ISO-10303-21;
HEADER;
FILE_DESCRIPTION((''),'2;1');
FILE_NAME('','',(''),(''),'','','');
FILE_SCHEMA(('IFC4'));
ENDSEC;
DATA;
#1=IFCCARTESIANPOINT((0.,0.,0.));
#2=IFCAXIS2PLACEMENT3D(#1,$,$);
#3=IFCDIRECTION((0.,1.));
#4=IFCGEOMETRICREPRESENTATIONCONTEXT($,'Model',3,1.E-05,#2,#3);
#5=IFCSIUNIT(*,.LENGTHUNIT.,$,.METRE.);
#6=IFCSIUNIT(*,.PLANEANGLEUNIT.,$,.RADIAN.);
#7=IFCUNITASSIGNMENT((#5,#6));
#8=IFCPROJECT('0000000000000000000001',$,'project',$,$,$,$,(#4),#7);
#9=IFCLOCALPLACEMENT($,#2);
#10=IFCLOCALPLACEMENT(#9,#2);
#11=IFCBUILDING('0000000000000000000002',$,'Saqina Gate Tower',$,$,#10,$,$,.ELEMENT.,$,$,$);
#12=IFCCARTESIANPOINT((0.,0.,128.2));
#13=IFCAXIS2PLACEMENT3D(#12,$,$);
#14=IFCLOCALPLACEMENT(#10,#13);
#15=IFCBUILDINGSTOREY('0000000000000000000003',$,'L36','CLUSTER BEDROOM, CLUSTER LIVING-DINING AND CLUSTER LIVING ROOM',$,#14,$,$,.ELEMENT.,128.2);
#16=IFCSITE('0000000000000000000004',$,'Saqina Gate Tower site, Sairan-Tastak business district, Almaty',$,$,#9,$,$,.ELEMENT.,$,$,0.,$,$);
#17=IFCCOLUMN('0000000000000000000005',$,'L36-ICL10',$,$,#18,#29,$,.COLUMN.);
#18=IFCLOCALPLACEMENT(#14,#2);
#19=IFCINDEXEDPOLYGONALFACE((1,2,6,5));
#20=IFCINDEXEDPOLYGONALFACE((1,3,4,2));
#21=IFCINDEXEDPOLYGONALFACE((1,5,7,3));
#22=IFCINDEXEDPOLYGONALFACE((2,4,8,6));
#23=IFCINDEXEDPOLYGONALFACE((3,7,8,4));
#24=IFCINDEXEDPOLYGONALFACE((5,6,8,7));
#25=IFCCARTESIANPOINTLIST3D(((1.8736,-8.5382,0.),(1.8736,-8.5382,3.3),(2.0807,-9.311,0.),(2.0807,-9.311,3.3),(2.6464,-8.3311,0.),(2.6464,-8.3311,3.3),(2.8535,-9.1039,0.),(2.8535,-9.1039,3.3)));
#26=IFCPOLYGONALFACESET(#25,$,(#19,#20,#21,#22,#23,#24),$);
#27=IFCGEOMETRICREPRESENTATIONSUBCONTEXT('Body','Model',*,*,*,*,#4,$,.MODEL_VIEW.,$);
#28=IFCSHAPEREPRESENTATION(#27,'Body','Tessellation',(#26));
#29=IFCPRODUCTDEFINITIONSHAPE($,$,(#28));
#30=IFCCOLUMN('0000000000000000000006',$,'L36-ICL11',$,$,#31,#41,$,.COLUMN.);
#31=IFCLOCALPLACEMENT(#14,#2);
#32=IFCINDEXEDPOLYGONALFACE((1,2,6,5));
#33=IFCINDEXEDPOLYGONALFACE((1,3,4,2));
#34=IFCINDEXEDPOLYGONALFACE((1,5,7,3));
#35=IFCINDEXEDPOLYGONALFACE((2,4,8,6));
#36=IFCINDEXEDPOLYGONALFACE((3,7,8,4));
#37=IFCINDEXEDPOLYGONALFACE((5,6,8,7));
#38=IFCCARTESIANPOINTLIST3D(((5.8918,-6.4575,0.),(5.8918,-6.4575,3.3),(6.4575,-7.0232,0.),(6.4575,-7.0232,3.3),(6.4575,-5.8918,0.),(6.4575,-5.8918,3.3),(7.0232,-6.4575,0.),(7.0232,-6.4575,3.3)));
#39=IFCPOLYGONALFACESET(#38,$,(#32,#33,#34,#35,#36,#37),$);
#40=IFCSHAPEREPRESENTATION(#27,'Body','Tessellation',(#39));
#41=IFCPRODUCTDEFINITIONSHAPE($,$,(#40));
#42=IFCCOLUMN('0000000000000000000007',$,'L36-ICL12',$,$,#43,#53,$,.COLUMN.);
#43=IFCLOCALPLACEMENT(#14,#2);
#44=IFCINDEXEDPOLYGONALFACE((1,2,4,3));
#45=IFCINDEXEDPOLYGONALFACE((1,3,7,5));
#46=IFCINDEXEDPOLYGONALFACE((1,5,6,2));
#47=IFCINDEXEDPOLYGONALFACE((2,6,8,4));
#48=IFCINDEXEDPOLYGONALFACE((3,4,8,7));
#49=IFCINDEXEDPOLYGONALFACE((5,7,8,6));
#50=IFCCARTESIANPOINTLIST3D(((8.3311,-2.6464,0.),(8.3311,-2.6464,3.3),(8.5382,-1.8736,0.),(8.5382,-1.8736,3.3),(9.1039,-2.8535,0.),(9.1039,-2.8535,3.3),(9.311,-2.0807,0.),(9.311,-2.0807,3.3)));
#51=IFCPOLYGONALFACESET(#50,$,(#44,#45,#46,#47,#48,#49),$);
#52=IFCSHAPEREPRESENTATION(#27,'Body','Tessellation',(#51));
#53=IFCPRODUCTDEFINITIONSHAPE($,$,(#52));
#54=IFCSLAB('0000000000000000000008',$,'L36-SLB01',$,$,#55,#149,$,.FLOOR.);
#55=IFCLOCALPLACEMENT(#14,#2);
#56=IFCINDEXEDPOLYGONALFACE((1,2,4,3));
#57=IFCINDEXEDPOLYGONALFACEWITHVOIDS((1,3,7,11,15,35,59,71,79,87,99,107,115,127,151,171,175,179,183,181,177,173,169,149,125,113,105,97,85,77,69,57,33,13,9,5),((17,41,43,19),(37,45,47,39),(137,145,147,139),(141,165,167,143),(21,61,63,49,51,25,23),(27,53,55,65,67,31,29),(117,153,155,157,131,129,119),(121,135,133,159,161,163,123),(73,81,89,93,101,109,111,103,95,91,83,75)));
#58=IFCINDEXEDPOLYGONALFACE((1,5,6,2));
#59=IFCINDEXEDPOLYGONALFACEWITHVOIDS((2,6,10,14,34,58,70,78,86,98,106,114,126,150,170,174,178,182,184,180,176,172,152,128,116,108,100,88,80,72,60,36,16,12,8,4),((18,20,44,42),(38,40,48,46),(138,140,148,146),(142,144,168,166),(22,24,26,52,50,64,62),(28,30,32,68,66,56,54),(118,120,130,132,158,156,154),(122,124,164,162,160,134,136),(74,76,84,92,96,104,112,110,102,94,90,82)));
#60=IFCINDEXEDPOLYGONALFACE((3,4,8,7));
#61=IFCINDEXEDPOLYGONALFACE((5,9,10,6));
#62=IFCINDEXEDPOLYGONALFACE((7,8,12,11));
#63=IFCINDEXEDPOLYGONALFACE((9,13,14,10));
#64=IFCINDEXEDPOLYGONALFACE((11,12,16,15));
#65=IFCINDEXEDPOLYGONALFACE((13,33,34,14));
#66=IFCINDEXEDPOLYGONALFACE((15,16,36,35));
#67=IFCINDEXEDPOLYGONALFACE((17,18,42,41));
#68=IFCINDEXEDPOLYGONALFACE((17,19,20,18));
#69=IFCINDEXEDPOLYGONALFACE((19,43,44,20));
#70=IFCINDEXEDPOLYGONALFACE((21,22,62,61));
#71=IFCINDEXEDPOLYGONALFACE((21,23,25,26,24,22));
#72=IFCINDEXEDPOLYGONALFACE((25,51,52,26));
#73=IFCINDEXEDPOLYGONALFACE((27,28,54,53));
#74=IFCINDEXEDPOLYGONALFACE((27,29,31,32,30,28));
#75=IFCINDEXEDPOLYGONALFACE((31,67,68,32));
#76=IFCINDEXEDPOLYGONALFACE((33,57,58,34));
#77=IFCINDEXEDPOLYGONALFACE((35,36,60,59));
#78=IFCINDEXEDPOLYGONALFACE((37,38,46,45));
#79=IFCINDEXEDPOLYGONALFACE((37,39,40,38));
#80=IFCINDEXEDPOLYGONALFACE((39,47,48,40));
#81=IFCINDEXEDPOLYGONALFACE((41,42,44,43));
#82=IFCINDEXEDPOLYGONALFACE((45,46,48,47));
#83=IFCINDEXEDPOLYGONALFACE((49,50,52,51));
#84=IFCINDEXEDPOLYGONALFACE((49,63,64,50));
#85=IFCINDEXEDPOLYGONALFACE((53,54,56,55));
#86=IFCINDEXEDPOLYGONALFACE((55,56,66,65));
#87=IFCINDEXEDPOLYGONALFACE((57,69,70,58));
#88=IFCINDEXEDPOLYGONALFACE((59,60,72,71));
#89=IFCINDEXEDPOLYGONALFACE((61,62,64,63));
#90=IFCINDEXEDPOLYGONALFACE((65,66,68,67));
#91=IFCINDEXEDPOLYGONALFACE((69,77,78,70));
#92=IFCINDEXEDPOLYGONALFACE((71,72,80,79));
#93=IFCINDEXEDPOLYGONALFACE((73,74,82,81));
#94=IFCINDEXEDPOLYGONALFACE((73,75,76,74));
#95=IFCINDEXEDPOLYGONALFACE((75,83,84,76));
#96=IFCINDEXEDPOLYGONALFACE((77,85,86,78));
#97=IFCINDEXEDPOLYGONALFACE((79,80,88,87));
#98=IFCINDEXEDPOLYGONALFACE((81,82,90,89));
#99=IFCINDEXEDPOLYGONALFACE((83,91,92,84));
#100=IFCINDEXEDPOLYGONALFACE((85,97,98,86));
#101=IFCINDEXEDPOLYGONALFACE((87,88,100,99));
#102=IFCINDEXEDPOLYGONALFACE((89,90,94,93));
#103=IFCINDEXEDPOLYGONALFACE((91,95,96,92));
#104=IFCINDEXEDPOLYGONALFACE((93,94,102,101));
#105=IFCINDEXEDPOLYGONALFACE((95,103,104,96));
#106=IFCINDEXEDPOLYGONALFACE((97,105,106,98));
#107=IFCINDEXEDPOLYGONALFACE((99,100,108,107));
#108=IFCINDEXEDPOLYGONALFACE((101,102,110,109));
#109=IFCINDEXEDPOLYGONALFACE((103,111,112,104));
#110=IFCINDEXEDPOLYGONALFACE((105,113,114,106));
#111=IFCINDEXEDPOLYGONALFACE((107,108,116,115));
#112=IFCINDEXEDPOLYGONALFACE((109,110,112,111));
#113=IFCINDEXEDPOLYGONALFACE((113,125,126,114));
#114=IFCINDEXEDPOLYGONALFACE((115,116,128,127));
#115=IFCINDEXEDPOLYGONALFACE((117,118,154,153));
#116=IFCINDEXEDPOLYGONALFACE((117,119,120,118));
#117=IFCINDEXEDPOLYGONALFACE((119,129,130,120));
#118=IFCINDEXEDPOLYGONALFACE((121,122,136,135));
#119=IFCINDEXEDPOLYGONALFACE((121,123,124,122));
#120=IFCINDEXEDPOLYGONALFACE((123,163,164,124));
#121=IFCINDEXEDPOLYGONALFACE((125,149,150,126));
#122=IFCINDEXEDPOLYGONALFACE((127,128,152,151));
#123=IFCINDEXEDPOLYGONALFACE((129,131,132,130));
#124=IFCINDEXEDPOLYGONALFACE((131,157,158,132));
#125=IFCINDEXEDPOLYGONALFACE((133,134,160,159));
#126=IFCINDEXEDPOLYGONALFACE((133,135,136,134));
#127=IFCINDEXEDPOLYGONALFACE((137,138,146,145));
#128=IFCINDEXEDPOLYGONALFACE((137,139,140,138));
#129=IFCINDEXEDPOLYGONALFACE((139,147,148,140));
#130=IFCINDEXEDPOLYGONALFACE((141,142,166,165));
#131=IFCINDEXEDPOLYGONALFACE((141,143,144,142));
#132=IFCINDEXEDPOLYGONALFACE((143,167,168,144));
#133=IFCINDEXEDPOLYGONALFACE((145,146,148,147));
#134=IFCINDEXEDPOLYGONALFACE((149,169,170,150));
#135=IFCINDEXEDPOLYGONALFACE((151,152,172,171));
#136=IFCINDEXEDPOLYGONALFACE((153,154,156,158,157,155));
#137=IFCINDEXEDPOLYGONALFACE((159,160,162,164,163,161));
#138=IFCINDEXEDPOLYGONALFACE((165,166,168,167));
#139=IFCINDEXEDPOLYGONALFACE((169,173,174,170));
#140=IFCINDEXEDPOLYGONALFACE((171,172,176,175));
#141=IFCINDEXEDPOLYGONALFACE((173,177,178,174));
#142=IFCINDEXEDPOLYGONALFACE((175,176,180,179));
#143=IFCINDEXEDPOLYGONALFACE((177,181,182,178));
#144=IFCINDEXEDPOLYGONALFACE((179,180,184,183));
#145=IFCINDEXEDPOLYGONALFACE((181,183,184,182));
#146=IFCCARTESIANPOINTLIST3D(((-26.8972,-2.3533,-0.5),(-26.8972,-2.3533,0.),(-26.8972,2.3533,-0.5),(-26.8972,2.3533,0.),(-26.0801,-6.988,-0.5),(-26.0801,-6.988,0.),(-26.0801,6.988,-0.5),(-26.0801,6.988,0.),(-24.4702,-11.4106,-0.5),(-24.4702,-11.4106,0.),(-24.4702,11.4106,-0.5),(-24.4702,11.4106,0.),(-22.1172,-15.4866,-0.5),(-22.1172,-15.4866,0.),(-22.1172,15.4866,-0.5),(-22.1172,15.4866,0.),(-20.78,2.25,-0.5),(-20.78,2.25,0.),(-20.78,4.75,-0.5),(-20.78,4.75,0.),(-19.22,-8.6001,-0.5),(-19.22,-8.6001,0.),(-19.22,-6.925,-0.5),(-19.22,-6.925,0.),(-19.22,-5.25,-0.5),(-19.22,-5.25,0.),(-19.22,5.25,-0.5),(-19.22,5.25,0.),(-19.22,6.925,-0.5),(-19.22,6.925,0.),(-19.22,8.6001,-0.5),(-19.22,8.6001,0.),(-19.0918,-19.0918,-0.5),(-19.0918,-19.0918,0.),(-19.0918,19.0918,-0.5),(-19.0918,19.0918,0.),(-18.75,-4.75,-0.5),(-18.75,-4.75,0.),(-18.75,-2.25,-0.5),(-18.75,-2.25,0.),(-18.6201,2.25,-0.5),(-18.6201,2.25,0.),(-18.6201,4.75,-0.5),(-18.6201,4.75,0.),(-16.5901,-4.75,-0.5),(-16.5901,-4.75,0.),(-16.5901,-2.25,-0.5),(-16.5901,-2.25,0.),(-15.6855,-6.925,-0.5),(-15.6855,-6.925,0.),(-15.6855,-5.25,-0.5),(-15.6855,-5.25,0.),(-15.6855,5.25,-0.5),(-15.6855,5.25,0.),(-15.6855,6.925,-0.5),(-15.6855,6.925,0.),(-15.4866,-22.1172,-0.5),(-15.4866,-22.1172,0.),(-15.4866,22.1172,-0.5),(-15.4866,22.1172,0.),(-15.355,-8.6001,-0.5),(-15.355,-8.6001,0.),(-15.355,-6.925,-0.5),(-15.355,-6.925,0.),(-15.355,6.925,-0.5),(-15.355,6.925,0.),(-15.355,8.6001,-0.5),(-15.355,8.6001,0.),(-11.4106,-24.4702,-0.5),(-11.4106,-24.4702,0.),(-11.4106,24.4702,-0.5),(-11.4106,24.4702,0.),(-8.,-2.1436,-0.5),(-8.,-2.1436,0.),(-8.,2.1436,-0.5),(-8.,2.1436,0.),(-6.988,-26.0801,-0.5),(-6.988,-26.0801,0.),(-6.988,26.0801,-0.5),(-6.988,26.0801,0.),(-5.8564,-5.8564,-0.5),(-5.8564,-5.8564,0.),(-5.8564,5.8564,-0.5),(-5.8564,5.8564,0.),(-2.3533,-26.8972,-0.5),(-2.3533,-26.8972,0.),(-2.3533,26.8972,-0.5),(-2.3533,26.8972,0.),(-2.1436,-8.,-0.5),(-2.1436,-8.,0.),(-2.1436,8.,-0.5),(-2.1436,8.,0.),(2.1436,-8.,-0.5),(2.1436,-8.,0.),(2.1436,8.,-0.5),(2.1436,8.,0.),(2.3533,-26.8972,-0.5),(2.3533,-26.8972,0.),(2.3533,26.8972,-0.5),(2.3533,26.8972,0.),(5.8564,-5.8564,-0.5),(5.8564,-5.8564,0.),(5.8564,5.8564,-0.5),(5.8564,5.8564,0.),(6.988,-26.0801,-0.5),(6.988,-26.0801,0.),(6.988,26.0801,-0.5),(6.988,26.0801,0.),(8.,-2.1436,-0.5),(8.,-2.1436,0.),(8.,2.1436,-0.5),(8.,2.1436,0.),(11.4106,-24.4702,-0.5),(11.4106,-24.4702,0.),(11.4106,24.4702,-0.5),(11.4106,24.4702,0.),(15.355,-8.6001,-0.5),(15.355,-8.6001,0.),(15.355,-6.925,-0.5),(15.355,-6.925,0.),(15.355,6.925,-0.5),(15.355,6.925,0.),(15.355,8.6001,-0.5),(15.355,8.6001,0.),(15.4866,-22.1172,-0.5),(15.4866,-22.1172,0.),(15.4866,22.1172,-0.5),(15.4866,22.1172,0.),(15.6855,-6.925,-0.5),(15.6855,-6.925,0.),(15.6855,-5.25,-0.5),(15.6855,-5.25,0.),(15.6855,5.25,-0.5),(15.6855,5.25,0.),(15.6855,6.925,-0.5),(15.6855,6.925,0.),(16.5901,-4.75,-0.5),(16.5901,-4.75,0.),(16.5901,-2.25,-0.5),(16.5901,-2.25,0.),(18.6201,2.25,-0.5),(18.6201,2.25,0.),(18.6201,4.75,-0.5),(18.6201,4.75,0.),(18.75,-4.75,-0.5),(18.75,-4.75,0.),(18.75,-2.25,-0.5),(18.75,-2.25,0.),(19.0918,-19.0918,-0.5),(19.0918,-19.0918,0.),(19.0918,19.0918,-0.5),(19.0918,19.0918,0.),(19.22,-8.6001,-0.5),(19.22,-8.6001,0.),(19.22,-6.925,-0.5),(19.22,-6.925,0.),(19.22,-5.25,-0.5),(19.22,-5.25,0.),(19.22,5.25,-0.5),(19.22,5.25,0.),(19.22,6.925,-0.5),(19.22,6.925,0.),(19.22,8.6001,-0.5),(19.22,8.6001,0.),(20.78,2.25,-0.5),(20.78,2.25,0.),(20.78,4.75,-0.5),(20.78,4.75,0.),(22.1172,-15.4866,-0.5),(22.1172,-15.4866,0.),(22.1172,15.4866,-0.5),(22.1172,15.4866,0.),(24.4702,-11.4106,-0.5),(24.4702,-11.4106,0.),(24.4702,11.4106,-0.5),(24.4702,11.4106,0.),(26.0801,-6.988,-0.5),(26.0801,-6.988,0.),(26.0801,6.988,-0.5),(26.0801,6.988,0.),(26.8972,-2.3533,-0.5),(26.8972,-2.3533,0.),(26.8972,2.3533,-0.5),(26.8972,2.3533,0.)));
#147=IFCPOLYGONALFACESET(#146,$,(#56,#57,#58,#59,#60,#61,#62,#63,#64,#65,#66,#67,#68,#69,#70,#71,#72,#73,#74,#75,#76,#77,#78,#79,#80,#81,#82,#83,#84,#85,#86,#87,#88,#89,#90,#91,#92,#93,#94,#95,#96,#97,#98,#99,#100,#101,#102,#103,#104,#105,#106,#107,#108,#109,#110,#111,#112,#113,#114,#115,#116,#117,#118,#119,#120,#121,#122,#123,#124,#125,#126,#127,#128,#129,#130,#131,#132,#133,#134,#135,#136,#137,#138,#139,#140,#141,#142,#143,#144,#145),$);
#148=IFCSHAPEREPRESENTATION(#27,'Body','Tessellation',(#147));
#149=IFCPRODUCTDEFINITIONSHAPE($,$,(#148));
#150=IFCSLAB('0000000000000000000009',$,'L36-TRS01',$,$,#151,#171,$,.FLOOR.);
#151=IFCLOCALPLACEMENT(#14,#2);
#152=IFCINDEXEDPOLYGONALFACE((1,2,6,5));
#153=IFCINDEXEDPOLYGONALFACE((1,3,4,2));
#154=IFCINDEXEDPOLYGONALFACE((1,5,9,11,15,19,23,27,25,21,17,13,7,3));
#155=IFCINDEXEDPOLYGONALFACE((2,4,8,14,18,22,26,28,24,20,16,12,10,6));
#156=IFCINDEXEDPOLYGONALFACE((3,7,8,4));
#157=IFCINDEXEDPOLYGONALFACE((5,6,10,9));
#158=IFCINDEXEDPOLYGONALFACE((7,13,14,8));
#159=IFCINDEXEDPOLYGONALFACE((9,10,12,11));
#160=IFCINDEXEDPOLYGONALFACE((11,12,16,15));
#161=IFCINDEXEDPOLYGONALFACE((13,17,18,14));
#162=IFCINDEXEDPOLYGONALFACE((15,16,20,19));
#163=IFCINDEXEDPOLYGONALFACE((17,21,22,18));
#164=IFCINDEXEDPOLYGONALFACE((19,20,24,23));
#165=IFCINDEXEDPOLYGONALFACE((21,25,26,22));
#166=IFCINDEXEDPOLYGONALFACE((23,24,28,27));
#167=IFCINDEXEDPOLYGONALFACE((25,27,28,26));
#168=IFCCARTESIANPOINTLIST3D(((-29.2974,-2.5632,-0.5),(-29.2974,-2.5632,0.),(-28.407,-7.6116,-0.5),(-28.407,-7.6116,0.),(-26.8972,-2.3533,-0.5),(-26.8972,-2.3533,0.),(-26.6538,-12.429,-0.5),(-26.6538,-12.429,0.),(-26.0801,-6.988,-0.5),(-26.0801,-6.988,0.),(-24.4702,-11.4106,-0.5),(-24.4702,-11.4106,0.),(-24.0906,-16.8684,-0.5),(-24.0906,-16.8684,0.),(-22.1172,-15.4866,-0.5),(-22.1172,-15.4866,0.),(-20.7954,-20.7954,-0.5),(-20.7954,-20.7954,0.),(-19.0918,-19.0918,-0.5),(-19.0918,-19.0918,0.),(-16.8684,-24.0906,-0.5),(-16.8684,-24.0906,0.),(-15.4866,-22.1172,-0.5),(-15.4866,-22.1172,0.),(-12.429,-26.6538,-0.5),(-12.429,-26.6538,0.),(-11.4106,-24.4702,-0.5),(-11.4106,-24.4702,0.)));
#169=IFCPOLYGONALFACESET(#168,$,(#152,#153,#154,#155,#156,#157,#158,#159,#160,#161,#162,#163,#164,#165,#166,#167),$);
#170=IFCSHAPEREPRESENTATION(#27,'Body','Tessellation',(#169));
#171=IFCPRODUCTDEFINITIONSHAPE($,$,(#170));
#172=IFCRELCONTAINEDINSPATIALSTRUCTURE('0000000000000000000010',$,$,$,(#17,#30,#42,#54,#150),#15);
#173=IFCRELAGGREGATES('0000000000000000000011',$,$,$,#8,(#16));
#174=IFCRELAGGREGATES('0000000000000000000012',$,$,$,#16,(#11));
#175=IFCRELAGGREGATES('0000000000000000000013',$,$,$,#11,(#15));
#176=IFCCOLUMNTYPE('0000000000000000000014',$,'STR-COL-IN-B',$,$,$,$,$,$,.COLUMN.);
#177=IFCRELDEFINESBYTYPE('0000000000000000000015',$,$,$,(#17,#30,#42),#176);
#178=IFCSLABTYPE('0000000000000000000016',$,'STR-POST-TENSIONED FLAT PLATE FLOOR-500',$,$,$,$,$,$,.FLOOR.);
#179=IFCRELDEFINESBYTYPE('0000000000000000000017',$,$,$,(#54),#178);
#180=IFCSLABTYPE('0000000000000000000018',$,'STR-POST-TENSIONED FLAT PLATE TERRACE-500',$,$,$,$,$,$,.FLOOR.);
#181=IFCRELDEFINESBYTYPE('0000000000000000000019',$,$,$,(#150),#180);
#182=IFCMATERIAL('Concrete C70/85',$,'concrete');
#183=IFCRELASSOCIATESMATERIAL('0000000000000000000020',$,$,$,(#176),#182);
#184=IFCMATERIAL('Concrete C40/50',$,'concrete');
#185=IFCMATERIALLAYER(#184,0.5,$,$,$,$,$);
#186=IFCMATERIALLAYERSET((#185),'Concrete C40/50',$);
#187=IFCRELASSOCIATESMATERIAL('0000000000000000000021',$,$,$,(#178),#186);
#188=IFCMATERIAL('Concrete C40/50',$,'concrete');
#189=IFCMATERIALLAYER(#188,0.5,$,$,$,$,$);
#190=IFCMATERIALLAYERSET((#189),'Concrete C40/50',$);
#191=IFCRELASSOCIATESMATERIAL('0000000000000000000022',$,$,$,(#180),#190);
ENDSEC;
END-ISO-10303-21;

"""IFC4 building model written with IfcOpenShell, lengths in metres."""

from ifc_helpers import new_model, si_unit, direction, frame, origin, origin_2d, place, context, subcontext, project, spatial, polyline, rectangle, outline, extrude, material, layer, layer_set, material_profile, profile_set, type_object, element, save


model = new_model("IFC4")

# Units and contexts
model_context = context("Model", 3, precision=1e-05, world=origin(), true_north=direction((0.0, 1.0)))
body_context = subcontext(model_context, "Body", "Model", "MODEL_VIEW")
ifc_project = project(units=[si_unit("LENGTHUNIT", "METRE"), si_unit("PLANEANGLEUNIT", "RADIAN")], contexts=[model_context])

# Site, building, storey
site_placement = place(None, origin())
site = spatial("IfcSite", under=ifc_project, at=site_placement, Name="Saqina Gate Tower site, Sairan-Tastak business district, Almaty", CompositionType="ELEMENT", RefElevation=0.0)
building_placement = place(site_placement, origin())
building = spatial("IfcBuilding", under=site, at=building_placement, Name="Saqina Gate Tower", CompositionType="ELEMENT")
storey_placement = place(building_placement, frame((0.0, 0.0, 128.2)))
storey = spatial("IfcBuildingStorey", under=building, at=storey_placement, Name="L36", Description="CLUSTER BEDROOM, CLUSTER LIVING-DINING AND CLUSTER LIVING ROOM", CompositionType="ELEMENT", Elevation=128.2)

# Columns
ifc_material_1 = material(Name="Concrete C70/85", Category="concrete")
ifc_material_profile = material_profile(ifc_material_1, rectangle(XDim=0.8, YDim=0.8, at=origin_2d()), Name="RC 800x800")
ifc_profile_set = profile_set([ifc_material_profile], Name="Concrete C70/85")
column_type = type_object("IfcColumnType", Name="STR-COL-IN-B", PredefinedType="COLUMN", material=ifc_profile_set)
for number, where, z_axis, x_axis, name in (
    (1, (2.3635, -8.821, 0.0), (0.0, 0.0, 1.0), (0.258819, -0.965926, 0.0), "L36-ICL10"),
    (2, (6.4575, -6.4575, 0.0), (0.0, 0.0, 1.0), (0.707107, -0.707107, 0.0), "L36-ICL11"),
    (3, (8.821, -2.3635, 0.0), (0.0, 0.0, 1.0), (0.965926, -0.258819, 0.0), "L36-ICL12"),
):
    element("IfcColumn", number, at=place(storey_placement, frame(where, z_axis=z_axis, x_axis=x_axis)), inside=storey, type_object=column_type, Name=name, PredefinedType="COLUMN", context=body_context, shape_type="SweptSolid", body=[
        extrude(rectangle(XDim=0.8, YDim=0.8, at=origin_2d()), origin(), (0.0, 0.0, 1.0), 3.3),
    ])

# Slabs
ifc_material_2 = material(Name="Concrete C40/50", Category="concrete")
ifc_layer_1 = layer(ifc_material_2, 0.5)
ifc_layer_set_1 = layer_set([ifc_layer_1], Name="Concrete C40/50")
slab_type_1 = type_object("IfcSlabType", Name="STR-POST-TENSIONED FLAT PLATE FLOOR-500", PredefinedType="FLOOR", material=ifc_layer_set_1)
slab_1_placement = place(storey_placement, frame((0.0, 0.0, -0.5)))
element("IfcSlab", 4, at=slab_1_placement, inside=storey, type_object=slab_type_1, Name="L36-SLB01", PredefinedType="FLOOR", context=body_context, shape_type="SweptSolid", body=[
    extrude(outline(polyline([(26.0801, -6.988), (26.8972, -2.3533), (26.8972, 2.3533), (26.0801, 6.988), (24.4702, 11.4106), (22.1172, 15.4866), (19.0918, 19.0918), (15.4866, 22.1172), (11.4106, 24.4702), (6.988, 26.0801), (2.3533, 26.8972), (-2.3533, 26.8972), (-6.988, 26.0801), (-11.4106, 24.4702), (-15.4866, 22.1172), (-19.0918, 19.0918), (-22.1172, 15.4866), (-24.4702, 11.4106), (-26.0801, 6.988), (-26.8972, 2.3533), (-26.8972, -2.3533), (-26.0801, -6.988), (-24.4702, -11.4106), (-22.1172, -15.4866), (-19.0918, -19.0918), (-15.4866, -22.1172), (-11.4106, -24.4702), (-6.988, -26.0801), (-2.3533, -26.8972), (2.3533, -26.8972), (6.988, -26.0801), (11.4106, -24.4702), (15.4866, -22.1172), (19.0918, -19.0918), (22.1172, -15.4866), (24.4702, -11.4106), (26.0801, -6.988)]), holes=[polyline([(2.1436, 8.0), (5.8564, 5.8564), (8.0, 2.1436), (8.0, -2.1436), (5.8564, -5.8564), (2.1436, -8.0), (-2.1436, -8.0), (-5.8564, -5.8564), (-8.0, -2.1436), (-8.0, 2.1436), (-5.8564, 5.8564), (-2.1436, 8.0), (2.1436, 8.0)]), polyline([(-15.355, -8.6001), (-19.22, -8.6001), (-19.22, -6.925), (-19.22, -5.25), (-15.6855, -5.25), (-15.6855, -6.925), (-15.355, -6.925), (-15.355, -8.6001)]), polyline([(-16.5901, -2.25), (-16.5901, -4.75), (-18.75, -4.75), (-18.75, -2.25), (-16.5901, -2.25)]), polyline([(-20.78, 4.75), (-18.6201, 4.75), (-18.6201, 2.25), (-20.78, 2.25), (-20.78, 4.75)]), polyline([(-19.22, 6.925), (-19.22, 8.6001), (-15.355, 8.6001), (-15.355, 6.925), (-15.6855, 6.925), (-15.6855, 5.25), (-19.22, 5.25), (-19.22, 6.925)]), polyline([(15.355, -8.6001), (15.355, -6.925), (15.6855, -6.925), (15.6855, -5.25), (19.22, -5.25), (19.22, -6.925), (19.22, -8.6001), (15.355, -8.6001)]), polyline([(18.75, -2.25), (18.75, -4.75), (16.5901, -4.75), (16.5901, -2.25), (18.75, -2.25)]), polyline([(18.6201, 4.75), (20.78, 4.75), (20.78, 2.25), (18.6201, 2.25), (18.6201, 4.75)]), polyline([(15.6855, 6.925), (15.355, 6.925), (15.355, 8.6001), (19.22, 8.6001), (19.22, 6.925), (19.22, 5.25), (15.6855, 5.25), (15.6855, 6.925)])]), origin(), (0.0, 0.0, 1.0), 0.5),
])
ifc_material_3 = material(Name="Concrete C40/50", Category="concrete")
ifc_layer_2 = layer(ifc_material_3, 0.5)
ifc_layer_set_2 = layer_set([ifc_layer_2], Name="Concrete C40/50")
slab_type_2 = type_object("IfcSlabType", Name="STR-POST-TENSIONED FLAT PLATE TERRACE-500", PredefinedType="FLOOR", material=ifc_layer_set_2)
slab_2_placement = place(storey_placement, frame((0.0, 0.0, -0.5)))
element("IfcSlab", 5, at=slab_2_placement, inside=storey, type_object=slab_type_2, Name="L36-TRS01", PredefinedType="FLOOR", context=body_context, shape_type="SweptSolid", body=[
    extrude(outline(polyline([(-26.8972, -2.3533), (-26.0801, -6.988), (-24.4702, -11.4106), (-22.1172, -15.4866), (-19.0918, -19.0918), (-15.4866, -22.1172), (-11.4106, -24.4702), (-12.429, -26.6538), (-16.8684, -24.0906), (-20.7954, -20.7954), (-24.0906, -16.8684), (-26.6538, -12.429), (-28.407, -7.6116), (-29.2974, -2.5632), (-26.8972, -2.3533)])), origin(), (0.0, 0.0, 1.0), 0.5),
])

save(model, "model.ifc")
